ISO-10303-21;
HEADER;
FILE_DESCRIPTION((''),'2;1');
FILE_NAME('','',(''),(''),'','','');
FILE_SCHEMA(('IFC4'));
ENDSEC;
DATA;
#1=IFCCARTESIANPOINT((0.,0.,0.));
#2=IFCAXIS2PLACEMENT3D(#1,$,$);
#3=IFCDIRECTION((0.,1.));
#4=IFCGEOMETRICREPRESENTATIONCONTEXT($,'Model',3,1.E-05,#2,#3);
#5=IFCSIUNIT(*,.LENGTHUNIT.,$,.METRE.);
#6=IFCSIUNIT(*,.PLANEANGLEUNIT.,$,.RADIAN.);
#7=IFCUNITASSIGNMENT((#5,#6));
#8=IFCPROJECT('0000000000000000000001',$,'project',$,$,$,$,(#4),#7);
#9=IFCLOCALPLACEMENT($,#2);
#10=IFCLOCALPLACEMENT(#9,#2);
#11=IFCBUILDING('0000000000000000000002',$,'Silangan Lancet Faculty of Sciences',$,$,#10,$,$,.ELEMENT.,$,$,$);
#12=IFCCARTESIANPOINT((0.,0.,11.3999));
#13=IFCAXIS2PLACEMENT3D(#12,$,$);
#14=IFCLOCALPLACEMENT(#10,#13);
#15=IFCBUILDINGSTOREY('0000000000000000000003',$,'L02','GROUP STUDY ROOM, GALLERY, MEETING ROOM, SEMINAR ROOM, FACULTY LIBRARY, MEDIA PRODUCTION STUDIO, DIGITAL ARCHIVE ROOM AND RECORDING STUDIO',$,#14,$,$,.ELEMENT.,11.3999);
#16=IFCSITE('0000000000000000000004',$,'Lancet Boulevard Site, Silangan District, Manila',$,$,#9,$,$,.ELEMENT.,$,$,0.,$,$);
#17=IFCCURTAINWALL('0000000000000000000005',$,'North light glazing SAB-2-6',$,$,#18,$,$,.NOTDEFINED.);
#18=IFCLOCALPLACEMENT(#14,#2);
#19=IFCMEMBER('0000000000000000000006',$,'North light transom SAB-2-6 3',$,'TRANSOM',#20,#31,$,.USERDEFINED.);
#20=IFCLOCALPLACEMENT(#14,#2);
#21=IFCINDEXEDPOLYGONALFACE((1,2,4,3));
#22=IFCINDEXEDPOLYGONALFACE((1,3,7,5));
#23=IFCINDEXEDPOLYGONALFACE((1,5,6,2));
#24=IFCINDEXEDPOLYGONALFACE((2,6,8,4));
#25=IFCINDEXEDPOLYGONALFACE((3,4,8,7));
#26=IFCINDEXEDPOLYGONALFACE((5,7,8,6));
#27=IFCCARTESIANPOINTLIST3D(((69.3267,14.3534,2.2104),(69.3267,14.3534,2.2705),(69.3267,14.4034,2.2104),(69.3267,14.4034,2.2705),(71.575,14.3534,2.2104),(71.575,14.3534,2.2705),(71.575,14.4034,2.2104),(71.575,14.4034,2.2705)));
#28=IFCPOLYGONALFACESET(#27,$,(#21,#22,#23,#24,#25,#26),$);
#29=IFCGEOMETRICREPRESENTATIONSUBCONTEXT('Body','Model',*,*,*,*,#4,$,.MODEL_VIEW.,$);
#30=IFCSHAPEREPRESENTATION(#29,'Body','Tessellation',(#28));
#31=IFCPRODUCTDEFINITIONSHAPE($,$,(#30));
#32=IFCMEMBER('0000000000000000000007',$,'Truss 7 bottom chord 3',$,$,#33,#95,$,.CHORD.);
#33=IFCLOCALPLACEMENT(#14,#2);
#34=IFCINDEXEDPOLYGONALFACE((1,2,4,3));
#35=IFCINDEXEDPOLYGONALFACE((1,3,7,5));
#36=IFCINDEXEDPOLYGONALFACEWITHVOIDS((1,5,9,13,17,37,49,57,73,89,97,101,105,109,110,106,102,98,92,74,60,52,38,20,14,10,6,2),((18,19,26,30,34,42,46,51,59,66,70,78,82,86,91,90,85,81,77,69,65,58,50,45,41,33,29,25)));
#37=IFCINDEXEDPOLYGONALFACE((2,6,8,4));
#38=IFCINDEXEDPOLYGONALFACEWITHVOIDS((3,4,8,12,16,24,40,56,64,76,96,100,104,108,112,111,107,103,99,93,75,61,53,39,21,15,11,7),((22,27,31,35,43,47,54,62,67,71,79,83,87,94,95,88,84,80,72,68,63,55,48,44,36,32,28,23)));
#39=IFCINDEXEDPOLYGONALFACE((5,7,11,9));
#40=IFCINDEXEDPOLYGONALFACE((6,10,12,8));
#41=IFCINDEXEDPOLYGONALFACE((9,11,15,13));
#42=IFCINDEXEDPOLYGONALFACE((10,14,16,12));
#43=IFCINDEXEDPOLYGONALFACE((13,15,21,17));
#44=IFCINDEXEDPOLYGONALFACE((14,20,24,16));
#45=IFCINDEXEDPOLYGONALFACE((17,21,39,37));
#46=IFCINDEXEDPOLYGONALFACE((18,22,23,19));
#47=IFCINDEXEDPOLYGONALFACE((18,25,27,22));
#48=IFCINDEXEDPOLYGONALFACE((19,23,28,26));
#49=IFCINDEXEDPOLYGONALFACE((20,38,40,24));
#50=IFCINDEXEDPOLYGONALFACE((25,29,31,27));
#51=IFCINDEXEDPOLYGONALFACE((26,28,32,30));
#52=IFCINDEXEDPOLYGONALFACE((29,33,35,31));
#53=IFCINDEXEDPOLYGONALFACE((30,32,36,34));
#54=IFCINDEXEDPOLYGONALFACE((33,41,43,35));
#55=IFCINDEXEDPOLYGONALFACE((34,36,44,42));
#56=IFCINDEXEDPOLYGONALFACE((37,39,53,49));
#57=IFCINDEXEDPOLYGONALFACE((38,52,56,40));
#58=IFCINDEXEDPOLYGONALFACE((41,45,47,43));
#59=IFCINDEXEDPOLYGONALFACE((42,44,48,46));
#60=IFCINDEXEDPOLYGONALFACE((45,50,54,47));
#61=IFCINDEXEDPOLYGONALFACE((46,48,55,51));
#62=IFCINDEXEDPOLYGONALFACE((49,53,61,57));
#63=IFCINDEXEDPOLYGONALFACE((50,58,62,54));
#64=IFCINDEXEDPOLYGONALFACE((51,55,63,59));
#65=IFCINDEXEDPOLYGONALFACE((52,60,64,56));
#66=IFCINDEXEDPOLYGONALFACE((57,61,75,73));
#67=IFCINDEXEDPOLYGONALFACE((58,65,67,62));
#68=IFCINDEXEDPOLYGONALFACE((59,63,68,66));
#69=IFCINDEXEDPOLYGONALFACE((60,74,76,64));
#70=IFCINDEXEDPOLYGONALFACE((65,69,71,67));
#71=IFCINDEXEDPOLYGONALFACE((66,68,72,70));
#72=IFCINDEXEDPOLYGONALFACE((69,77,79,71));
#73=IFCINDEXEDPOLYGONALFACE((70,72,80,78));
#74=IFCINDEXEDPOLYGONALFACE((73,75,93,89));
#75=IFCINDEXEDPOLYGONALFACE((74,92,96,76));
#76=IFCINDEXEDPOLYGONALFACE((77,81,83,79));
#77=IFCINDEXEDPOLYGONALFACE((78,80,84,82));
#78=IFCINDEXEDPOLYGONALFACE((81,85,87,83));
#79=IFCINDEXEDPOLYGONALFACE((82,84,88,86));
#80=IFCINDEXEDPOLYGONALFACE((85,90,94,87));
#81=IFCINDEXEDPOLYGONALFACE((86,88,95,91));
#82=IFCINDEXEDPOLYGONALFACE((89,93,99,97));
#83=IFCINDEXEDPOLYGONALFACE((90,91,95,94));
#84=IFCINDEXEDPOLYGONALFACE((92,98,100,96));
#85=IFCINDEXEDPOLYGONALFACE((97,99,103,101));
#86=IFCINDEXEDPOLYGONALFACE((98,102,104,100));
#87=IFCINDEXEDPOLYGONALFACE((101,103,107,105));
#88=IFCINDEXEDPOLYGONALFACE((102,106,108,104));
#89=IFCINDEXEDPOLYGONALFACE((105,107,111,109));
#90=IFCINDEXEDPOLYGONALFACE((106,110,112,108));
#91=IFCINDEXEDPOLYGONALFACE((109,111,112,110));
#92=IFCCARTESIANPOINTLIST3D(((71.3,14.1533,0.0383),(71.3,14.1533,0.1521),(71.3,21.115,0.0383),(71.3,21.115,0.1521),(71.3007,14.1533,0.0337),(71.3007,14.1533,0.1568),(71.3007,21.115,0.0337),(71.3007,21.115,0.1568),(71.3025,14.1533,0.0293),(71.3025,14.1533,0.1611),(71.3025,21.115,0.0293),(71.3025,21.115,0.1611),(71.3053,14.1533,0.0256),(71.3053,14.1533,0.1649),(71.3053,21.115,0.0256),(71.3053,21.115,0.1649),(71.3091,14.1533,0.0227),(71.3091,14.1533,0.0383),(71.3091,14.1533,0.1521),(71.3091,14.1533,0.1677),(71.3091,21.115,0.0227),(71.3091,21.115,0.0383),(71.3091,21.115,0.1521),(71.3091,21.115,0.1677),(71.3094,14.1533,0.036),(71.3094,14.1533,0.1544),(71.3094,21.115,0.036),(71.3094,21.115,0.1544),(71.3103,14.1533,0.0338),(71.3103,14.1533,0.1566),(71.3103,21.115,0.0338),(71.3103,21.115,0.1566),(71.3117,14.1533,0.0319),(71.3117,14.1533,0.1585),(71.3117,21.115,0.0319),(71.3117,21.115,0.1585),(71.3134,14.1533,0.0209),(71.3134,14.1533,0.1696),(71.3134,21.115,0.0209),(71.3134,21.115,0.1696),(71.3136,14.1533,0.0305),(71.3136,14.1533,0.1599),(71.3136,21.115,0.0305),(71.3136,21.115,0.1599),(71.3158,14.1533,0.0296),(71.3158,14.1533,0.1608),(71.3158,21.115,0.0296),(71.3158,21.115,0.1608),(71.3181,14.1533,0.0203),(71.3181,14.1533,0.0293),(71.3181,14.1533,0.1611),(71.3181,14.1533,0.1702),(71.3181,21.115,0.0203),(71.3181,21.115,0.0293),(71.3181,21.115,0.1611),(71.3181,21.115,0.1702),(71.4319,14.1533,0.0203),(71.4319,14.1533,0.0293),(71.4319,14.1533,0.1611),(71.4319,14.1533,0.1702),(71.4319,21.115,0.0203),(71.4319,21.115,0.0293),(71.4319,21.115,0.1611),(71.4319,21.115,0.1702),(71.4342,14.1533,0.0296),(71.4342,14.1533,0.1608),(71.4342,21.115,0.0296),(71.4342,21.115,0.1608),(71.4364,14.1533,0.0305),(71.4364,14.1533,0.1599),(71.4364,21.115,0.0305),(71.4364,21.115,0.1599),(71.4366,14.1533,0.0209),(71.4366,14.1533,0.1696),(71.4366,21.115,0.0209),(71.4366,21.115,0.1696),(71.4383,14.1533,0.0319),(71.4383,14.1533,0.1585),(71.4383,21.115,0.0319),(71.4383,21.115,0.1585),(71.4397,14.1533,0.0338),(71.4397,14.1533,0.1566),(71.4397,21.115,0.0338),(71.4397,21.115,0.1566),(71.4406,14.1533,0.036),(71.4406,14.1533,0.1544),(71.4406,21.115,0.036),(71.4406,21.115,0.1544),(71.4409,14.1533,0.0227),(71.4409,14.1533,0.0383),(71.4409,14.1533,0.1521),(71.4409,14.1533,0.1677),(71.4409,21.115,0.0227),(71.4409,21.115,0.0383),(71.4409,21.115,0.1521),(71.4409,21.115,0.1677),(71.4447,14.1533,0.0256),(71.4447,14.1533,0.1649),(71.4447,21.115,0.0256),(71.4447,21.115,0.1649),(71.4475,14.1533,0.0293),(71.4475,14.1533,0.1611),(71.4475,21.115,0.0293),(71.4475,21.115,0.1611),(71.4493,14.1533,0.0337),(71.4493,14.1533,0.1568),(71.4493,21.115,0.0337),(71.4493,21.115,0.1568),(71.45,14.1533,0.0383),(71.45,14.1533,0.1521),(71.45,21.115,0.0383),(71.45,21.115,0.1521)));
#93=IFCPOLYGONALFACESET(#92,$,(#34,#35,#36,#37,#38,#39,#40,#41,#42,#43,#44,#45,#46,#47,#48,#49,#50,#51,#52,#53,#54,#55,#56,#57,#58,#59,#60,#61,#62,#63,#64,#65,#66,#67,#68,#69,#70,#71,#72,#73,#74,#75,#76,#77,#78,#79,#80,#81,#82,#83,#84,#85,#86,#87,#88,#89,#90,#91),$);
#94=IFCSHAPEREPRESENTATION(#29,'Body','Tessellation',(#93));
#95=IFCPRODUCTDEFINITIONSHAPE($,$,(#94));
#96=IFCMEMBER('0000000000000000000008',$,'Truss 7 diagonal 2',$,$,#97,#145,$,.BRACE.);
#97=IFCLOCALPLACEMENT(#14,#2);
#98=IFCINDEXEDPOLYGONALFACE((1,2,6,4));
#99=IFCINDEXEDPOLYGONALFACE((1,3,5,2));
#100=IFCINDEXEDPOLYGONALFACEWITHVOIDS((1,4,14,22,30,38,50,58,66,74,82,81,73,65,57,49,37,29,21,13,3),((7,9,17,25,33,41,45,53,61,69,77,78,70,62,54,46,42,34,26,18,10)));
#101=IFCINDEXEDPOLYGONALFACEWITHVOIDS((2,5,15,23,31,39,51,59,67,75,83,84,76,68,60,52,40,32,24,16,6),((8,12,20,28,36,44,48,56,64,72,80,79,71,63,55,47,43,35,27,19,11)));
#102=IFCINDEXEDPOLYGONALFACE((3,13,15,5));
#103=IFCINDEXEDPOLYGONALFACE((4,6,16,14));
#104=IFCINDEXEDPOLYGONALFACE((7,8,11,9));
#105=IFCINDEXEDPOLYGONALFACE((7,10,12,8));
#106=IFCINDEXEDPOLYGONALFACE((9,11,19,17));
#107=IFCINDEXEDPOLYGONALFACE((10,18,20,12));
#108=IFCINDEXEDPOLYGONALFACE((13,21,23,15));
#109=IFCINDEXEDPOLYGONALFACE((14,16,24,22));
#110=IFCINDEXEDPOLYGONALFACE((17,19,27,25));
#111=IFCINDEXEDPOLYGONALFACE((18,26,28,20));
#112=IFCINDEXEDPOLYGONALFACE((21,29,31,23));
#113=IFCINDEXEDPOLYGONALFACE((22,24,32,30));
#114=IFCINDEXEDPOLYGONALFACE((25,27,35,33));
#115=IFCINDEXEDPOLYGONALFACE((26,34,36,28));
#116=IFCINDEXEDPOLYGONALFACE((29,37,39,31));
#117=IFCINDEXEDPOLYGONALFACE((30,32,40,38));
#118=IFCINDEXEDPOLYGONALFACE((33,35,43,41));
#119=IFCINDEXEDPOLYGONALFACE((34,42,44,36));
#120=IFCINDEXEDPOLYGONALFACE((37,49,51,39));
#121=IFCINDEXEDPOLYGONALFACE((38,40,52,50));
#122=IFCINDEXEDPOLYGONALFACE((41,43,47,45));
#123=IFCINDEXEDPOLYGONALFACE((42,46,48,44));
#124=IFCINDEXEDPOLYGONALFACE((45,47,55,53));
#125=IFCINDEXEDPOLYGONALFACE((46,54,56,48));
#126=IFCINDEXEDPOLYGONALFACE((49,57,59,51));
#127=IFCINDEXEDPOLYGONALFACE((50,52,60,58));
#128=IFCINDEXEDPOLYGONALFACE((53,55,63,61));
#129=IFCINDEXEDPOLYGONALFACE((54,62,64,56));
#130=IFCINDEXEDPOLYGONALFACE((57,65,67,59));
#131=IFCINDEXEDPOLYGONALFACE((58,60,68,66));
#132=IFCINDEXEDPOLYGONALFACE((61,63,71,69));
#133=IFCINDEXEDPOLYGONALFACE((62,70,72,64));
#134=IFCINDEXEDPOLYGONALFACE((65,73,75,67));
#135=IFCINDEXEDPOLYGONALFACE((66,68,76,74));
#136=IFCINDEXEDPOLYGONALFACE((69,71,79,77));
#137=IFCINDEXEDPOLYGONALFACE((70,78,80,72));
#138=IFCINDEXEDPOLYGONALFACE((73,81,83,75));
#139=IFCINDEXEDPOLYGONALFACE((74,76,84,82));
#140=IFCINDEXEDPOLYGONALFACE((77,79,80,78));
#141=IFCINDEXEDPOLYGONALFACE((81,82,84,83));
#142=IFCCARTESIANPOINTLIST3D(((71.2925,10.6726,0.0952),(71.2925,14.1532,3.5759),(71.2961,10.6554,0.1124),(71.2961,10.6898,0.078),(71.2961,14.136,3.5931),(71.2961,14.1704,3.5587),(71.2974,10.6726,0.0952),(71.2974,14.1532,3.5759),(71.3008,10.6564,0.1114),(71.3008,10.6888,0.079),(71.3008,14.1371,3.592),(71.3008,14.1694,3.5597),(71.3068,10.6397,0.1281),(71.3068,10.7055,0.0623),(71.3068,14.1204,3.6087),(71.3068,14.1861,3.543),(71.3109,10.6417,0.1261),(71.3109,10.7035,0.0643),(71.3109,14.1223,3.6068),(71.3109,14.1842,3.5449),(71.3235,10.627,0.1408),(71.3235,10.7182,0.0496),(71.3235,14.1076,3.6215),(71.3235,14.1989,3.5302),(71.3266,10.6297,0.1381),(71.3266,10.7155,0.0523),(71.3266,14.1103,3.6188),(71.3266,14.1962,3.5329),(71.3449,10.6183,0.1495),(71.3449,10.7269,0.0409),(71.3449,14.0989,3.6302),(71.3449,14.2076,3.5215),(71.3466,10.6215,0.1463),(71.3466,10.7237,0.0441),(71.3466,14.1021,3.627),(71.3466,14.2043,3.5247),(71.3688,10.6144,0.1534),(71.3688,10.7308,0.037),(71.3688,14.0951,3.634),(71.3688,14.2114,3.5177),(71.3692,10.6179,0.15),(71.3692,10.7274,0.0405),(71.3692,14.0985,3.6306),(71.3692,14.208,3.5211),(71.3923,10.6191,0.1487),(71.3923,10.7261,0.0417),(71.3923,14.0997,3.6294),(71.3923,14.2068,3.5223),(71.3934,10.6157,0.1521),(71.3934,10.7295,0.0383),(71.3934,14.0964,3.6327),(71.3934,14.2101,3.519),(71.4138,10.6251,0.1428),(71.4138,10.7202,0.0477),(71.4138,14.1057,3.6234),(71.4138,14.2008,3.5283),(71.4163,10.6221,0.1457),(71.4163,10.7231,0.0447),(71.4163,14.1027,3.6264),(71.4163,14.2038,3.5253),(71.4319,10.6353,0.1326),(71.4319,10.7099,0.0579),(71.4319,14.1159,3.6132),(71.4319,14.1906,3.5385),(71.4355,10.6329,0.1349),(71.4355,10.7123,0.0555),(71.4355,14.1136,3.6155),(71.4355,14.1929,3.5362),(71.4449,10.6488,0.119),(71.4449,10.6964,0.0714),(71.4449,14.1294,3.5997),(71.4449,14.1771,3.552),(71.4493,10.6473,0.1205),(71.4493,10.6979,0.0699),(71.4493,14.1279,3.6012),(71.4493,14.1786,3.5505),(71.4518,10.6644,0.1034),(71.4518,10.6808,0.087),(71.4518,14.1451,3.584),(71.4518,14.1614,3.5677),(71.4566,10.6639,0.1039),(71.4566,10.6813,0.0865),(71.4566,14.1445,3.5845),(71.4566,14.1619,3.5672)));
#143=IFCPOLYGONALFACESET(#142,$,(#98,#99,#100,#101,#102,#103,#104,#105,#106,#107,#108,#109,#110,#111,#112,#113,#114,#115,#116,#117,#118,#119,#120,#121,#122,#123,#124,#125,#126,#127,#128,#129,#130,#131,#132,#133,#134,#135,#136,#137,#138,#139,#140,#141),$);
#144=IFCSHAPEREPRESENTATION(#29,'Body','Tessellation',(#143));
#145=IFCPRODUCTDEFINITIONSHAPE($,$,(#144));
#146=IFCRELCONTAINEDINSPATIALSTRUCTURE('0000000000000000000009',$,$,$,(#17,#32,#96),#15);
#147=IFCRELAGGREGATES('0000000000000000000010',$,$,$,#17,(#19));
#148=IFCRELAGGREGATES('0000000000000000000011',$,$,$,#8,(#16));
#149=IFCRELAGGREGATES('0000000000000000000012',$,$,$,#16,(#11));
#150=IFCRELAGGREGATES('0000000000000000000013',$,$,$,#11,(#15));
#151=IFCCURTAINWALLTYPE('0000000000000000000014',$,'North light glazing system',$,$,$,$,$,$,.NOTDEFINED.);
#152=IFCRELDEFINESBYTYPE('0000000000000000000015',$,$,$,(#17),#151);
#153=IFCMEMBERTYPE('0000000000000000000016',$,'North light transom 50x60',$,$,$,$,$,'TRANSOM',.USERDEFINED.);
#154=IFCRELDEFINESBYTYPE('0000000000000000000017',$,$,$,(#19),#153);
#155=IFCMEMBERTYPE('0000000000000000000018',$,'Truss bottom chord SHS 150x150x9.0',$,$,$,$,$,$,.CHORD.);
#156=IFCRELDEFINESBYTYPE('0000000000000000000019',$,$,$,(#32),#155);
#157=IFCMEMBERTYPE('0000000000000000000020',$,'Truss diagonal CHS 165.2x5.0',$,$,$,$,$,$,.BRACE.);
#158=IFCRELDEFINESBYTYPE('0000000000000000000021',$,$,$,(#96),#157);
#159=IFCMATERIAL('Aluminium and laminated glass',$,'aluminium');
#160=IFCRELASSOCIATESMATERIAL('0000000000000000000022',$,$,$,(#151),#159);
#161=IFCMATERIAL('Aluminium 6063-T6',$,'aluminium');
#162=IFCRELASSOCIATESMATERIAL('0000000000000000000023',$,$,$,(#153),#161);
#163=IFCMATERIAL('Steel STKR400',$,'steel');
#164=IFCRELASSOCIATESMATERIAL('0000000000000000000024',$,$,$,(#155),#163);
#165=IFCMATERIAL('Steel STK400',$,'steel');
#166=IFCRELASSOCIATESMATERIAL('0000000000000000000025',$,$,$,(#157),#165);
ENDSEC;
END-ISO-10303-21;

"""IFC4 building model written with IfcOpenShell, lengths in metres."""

from ifc_helpers import new_model, si_unit, direction, frame, origin, origin_2d, place, context, subcontext, project, spatial, rectangle, hollow_rectangle, hollow_circle, extrude, material, material_profile, profile_set, type_object, element, aggregate, save


model = new_model("IFC4")

# Units and contexts
model_context = context("Model", 3, precision=1e-05, world=origin(), true_north=direction((0.0, 1.0)))
body_context = subcontext(model_context, "Body", "Model", "MODEL_VIEW")
ifc_project = project(units=[si_unit("LENGTHUNIT", "METRE"), si_unit("PLANEANGLEUNIT", "RADIAN")], contexts=[model_context])

# Site, building, storey
site_placement = place(None, origin())
site = spatial("IfcSite", under=ifc_project, at=site_placement, Name="Lancet Boulevard Site, Silangan District, Manila", CompositionType="ELEMENT", RefElevation=0.0)
building_placement = place(site_placement, origin())
building = spatial("IfcBuilding", under=site, at=building_placement, Name="Silangan Lancet Faculty of Sciences", CompositionType="ELEMENT")
storey_placement = place(building_placement, frame((0.0, 0.0, 11.3999)))
storey = spatial("IfcBuildingStorey", under=building, at=storey_placement, Name="L02", Description="GROUP STUDY ROOM, GALLERY, MEETING ROOM, SEMINAR ROOM, FACULTY LIBRARY, MEDIA PRODUCTION STUDIO, DIGITAL ARCHIVE ROOM AND RECORDING STUDIO", CompositionType="ELEMENT", Elevation=11.3999)

# Curtain wall
ifc_material_1 = material(Name="Aluminium and laminated glass", Category="aluminium")
curtain_wall_type = type_object("IfcCurtainWallType", Name="North light glazing system", PredefinedType="NOTDEFINED", material=ifc_material_1)
curtain_wall_1_placement = place(storey_placement, origin())
curtain_wall_1 = element("IfcCurtainWall", 1, at=curtain_wall_1_placement, inside=storey, type_object=curtain_wall_type, Name="North light glazing SAB-2-6", PredefinedType="NOTDEFINED")

# Member
ifc_material_2 = material(Name="Aluminium 6063-T6", Category="aluminium")
ifc_material_profile_1 = material_profile(ifc_material_2, rectangle(XDim=0.05, YDim=0.0601, at=origin_2d()), Name="AL 50x60")
ifc_profile_set_1 = profile_set([ifc_material_profile_1], Name="Aluminium 6063-T6")
member_type_1 = type_object("IfcMemberType", Name="North light transom 50x60", ElementType="TRANSOM", PredefinedType="USERDEFINED", material=ifc_profile_set_1)
member_1_placement = place(storey_placement, frame((69.3267, 14.3784, 2.2405), z_axis=(1.0, 0.0, 0.0), x_axis=(0.0, 1.0, 0.0)))
member_1 = element("IfcMember", 2, at=member_1_placement, type_object=member_type_1, Name="North light transom SAB-2-6 3", ObjectType="TRANSOM", PredefinedType="USERDEFINED", context=body_context, shape_type="SweptSolid", body=[
    extrude(rectangle(XDim=0.05, YDim=0.0601, at=origin_2d()), origin(), (0.0, 0.0, 1.0), 2.2483),
])

# Members
ifc_material_3 = material(Name="Steel STKR400", Category="steel")
ifc_material_profile_2 = material_profile(ifc_material_3, hollow_rectangle(XDim=0.1499, YDim=0.1499, WallThickness=0.009, InnerFilletRadius=0.009, OuterFilletRadius=0.0181, at=origin_2d()), Name="SHS 150x150x9.0")
ifc_profile_set_2 = profile_set([ifc_material_profile_2], Name="Steel STKR400")
member_type_2 = type_object("IfcMemberType", Name="Truss bottom chord SHS 150x150x9.0", PredefinedType="CHORD", material=ifc_profile_set_2)
member_2_placement = place(storey_placement, frame((71.375, 14.1533, 0.0952), z_axis=(0.0, 1.0, 0.0), x_axis=(-1.0, 0.0, 0.0)))
element("IfcMember", 3, at=member_2_placement, inside=storey, type_object=member_type_2, Name="Truss 7 bottom chord 3", PredefinedType="CHORD", context=body_context, shape_type="SweptSolid", body=[
    extrude(hollow_rectangle(XDim=0.1499, YDim=0.1499, WallThickness=0.009, InnerFilletRadius=0.009, OuterFilletRadius=0.0181, at=origin_2d()), origin(), (0.0, 0.0, 1.0), 6.9617),
])
ifc_material_4 = material(Name="Steel STK400", Category="steel")
ifc_material_profile_3 = material_profile(ifc_material_4, hollow_circle(Radius=0.0825, WallThickness=0.0049, at=origin_2d()), Name="CHS 165.2x5.0")
ifc_profile_set_3 = profile_set([ifc_material_profile_3], Name="Steel STK400")
member_type_3 = type_object("IfcMemberType", Name="Truss diagonal CHS 165.2x5.0", PredefinedType="BRACE", material=ifc_profile_set_3)
member_3_placement = place(storey_placement, frame((71.375, 10.6726, 0.0952), z_axis=(0.0, 0.707107, 0.707107), x_axis=(-1.0, 0.0, 0.0)))
element("IfcMember", 4, at=member_3_placement, inside=storey, type_object=member_type_3, Name="Truss 7 diagonal 2", PredefinedType="BRACE", context=body_context, shape_type="SweptSolid", body=[
    extrude(hollow_circle(Radius=0.0825, WallThickness=0.0049, at=origin_2d()), origin(), (0.0, 0.0, 1.0), 4.9224),
])

aggregate(curtain_wall_1, [member_1])

save(model, "model.ifc")
